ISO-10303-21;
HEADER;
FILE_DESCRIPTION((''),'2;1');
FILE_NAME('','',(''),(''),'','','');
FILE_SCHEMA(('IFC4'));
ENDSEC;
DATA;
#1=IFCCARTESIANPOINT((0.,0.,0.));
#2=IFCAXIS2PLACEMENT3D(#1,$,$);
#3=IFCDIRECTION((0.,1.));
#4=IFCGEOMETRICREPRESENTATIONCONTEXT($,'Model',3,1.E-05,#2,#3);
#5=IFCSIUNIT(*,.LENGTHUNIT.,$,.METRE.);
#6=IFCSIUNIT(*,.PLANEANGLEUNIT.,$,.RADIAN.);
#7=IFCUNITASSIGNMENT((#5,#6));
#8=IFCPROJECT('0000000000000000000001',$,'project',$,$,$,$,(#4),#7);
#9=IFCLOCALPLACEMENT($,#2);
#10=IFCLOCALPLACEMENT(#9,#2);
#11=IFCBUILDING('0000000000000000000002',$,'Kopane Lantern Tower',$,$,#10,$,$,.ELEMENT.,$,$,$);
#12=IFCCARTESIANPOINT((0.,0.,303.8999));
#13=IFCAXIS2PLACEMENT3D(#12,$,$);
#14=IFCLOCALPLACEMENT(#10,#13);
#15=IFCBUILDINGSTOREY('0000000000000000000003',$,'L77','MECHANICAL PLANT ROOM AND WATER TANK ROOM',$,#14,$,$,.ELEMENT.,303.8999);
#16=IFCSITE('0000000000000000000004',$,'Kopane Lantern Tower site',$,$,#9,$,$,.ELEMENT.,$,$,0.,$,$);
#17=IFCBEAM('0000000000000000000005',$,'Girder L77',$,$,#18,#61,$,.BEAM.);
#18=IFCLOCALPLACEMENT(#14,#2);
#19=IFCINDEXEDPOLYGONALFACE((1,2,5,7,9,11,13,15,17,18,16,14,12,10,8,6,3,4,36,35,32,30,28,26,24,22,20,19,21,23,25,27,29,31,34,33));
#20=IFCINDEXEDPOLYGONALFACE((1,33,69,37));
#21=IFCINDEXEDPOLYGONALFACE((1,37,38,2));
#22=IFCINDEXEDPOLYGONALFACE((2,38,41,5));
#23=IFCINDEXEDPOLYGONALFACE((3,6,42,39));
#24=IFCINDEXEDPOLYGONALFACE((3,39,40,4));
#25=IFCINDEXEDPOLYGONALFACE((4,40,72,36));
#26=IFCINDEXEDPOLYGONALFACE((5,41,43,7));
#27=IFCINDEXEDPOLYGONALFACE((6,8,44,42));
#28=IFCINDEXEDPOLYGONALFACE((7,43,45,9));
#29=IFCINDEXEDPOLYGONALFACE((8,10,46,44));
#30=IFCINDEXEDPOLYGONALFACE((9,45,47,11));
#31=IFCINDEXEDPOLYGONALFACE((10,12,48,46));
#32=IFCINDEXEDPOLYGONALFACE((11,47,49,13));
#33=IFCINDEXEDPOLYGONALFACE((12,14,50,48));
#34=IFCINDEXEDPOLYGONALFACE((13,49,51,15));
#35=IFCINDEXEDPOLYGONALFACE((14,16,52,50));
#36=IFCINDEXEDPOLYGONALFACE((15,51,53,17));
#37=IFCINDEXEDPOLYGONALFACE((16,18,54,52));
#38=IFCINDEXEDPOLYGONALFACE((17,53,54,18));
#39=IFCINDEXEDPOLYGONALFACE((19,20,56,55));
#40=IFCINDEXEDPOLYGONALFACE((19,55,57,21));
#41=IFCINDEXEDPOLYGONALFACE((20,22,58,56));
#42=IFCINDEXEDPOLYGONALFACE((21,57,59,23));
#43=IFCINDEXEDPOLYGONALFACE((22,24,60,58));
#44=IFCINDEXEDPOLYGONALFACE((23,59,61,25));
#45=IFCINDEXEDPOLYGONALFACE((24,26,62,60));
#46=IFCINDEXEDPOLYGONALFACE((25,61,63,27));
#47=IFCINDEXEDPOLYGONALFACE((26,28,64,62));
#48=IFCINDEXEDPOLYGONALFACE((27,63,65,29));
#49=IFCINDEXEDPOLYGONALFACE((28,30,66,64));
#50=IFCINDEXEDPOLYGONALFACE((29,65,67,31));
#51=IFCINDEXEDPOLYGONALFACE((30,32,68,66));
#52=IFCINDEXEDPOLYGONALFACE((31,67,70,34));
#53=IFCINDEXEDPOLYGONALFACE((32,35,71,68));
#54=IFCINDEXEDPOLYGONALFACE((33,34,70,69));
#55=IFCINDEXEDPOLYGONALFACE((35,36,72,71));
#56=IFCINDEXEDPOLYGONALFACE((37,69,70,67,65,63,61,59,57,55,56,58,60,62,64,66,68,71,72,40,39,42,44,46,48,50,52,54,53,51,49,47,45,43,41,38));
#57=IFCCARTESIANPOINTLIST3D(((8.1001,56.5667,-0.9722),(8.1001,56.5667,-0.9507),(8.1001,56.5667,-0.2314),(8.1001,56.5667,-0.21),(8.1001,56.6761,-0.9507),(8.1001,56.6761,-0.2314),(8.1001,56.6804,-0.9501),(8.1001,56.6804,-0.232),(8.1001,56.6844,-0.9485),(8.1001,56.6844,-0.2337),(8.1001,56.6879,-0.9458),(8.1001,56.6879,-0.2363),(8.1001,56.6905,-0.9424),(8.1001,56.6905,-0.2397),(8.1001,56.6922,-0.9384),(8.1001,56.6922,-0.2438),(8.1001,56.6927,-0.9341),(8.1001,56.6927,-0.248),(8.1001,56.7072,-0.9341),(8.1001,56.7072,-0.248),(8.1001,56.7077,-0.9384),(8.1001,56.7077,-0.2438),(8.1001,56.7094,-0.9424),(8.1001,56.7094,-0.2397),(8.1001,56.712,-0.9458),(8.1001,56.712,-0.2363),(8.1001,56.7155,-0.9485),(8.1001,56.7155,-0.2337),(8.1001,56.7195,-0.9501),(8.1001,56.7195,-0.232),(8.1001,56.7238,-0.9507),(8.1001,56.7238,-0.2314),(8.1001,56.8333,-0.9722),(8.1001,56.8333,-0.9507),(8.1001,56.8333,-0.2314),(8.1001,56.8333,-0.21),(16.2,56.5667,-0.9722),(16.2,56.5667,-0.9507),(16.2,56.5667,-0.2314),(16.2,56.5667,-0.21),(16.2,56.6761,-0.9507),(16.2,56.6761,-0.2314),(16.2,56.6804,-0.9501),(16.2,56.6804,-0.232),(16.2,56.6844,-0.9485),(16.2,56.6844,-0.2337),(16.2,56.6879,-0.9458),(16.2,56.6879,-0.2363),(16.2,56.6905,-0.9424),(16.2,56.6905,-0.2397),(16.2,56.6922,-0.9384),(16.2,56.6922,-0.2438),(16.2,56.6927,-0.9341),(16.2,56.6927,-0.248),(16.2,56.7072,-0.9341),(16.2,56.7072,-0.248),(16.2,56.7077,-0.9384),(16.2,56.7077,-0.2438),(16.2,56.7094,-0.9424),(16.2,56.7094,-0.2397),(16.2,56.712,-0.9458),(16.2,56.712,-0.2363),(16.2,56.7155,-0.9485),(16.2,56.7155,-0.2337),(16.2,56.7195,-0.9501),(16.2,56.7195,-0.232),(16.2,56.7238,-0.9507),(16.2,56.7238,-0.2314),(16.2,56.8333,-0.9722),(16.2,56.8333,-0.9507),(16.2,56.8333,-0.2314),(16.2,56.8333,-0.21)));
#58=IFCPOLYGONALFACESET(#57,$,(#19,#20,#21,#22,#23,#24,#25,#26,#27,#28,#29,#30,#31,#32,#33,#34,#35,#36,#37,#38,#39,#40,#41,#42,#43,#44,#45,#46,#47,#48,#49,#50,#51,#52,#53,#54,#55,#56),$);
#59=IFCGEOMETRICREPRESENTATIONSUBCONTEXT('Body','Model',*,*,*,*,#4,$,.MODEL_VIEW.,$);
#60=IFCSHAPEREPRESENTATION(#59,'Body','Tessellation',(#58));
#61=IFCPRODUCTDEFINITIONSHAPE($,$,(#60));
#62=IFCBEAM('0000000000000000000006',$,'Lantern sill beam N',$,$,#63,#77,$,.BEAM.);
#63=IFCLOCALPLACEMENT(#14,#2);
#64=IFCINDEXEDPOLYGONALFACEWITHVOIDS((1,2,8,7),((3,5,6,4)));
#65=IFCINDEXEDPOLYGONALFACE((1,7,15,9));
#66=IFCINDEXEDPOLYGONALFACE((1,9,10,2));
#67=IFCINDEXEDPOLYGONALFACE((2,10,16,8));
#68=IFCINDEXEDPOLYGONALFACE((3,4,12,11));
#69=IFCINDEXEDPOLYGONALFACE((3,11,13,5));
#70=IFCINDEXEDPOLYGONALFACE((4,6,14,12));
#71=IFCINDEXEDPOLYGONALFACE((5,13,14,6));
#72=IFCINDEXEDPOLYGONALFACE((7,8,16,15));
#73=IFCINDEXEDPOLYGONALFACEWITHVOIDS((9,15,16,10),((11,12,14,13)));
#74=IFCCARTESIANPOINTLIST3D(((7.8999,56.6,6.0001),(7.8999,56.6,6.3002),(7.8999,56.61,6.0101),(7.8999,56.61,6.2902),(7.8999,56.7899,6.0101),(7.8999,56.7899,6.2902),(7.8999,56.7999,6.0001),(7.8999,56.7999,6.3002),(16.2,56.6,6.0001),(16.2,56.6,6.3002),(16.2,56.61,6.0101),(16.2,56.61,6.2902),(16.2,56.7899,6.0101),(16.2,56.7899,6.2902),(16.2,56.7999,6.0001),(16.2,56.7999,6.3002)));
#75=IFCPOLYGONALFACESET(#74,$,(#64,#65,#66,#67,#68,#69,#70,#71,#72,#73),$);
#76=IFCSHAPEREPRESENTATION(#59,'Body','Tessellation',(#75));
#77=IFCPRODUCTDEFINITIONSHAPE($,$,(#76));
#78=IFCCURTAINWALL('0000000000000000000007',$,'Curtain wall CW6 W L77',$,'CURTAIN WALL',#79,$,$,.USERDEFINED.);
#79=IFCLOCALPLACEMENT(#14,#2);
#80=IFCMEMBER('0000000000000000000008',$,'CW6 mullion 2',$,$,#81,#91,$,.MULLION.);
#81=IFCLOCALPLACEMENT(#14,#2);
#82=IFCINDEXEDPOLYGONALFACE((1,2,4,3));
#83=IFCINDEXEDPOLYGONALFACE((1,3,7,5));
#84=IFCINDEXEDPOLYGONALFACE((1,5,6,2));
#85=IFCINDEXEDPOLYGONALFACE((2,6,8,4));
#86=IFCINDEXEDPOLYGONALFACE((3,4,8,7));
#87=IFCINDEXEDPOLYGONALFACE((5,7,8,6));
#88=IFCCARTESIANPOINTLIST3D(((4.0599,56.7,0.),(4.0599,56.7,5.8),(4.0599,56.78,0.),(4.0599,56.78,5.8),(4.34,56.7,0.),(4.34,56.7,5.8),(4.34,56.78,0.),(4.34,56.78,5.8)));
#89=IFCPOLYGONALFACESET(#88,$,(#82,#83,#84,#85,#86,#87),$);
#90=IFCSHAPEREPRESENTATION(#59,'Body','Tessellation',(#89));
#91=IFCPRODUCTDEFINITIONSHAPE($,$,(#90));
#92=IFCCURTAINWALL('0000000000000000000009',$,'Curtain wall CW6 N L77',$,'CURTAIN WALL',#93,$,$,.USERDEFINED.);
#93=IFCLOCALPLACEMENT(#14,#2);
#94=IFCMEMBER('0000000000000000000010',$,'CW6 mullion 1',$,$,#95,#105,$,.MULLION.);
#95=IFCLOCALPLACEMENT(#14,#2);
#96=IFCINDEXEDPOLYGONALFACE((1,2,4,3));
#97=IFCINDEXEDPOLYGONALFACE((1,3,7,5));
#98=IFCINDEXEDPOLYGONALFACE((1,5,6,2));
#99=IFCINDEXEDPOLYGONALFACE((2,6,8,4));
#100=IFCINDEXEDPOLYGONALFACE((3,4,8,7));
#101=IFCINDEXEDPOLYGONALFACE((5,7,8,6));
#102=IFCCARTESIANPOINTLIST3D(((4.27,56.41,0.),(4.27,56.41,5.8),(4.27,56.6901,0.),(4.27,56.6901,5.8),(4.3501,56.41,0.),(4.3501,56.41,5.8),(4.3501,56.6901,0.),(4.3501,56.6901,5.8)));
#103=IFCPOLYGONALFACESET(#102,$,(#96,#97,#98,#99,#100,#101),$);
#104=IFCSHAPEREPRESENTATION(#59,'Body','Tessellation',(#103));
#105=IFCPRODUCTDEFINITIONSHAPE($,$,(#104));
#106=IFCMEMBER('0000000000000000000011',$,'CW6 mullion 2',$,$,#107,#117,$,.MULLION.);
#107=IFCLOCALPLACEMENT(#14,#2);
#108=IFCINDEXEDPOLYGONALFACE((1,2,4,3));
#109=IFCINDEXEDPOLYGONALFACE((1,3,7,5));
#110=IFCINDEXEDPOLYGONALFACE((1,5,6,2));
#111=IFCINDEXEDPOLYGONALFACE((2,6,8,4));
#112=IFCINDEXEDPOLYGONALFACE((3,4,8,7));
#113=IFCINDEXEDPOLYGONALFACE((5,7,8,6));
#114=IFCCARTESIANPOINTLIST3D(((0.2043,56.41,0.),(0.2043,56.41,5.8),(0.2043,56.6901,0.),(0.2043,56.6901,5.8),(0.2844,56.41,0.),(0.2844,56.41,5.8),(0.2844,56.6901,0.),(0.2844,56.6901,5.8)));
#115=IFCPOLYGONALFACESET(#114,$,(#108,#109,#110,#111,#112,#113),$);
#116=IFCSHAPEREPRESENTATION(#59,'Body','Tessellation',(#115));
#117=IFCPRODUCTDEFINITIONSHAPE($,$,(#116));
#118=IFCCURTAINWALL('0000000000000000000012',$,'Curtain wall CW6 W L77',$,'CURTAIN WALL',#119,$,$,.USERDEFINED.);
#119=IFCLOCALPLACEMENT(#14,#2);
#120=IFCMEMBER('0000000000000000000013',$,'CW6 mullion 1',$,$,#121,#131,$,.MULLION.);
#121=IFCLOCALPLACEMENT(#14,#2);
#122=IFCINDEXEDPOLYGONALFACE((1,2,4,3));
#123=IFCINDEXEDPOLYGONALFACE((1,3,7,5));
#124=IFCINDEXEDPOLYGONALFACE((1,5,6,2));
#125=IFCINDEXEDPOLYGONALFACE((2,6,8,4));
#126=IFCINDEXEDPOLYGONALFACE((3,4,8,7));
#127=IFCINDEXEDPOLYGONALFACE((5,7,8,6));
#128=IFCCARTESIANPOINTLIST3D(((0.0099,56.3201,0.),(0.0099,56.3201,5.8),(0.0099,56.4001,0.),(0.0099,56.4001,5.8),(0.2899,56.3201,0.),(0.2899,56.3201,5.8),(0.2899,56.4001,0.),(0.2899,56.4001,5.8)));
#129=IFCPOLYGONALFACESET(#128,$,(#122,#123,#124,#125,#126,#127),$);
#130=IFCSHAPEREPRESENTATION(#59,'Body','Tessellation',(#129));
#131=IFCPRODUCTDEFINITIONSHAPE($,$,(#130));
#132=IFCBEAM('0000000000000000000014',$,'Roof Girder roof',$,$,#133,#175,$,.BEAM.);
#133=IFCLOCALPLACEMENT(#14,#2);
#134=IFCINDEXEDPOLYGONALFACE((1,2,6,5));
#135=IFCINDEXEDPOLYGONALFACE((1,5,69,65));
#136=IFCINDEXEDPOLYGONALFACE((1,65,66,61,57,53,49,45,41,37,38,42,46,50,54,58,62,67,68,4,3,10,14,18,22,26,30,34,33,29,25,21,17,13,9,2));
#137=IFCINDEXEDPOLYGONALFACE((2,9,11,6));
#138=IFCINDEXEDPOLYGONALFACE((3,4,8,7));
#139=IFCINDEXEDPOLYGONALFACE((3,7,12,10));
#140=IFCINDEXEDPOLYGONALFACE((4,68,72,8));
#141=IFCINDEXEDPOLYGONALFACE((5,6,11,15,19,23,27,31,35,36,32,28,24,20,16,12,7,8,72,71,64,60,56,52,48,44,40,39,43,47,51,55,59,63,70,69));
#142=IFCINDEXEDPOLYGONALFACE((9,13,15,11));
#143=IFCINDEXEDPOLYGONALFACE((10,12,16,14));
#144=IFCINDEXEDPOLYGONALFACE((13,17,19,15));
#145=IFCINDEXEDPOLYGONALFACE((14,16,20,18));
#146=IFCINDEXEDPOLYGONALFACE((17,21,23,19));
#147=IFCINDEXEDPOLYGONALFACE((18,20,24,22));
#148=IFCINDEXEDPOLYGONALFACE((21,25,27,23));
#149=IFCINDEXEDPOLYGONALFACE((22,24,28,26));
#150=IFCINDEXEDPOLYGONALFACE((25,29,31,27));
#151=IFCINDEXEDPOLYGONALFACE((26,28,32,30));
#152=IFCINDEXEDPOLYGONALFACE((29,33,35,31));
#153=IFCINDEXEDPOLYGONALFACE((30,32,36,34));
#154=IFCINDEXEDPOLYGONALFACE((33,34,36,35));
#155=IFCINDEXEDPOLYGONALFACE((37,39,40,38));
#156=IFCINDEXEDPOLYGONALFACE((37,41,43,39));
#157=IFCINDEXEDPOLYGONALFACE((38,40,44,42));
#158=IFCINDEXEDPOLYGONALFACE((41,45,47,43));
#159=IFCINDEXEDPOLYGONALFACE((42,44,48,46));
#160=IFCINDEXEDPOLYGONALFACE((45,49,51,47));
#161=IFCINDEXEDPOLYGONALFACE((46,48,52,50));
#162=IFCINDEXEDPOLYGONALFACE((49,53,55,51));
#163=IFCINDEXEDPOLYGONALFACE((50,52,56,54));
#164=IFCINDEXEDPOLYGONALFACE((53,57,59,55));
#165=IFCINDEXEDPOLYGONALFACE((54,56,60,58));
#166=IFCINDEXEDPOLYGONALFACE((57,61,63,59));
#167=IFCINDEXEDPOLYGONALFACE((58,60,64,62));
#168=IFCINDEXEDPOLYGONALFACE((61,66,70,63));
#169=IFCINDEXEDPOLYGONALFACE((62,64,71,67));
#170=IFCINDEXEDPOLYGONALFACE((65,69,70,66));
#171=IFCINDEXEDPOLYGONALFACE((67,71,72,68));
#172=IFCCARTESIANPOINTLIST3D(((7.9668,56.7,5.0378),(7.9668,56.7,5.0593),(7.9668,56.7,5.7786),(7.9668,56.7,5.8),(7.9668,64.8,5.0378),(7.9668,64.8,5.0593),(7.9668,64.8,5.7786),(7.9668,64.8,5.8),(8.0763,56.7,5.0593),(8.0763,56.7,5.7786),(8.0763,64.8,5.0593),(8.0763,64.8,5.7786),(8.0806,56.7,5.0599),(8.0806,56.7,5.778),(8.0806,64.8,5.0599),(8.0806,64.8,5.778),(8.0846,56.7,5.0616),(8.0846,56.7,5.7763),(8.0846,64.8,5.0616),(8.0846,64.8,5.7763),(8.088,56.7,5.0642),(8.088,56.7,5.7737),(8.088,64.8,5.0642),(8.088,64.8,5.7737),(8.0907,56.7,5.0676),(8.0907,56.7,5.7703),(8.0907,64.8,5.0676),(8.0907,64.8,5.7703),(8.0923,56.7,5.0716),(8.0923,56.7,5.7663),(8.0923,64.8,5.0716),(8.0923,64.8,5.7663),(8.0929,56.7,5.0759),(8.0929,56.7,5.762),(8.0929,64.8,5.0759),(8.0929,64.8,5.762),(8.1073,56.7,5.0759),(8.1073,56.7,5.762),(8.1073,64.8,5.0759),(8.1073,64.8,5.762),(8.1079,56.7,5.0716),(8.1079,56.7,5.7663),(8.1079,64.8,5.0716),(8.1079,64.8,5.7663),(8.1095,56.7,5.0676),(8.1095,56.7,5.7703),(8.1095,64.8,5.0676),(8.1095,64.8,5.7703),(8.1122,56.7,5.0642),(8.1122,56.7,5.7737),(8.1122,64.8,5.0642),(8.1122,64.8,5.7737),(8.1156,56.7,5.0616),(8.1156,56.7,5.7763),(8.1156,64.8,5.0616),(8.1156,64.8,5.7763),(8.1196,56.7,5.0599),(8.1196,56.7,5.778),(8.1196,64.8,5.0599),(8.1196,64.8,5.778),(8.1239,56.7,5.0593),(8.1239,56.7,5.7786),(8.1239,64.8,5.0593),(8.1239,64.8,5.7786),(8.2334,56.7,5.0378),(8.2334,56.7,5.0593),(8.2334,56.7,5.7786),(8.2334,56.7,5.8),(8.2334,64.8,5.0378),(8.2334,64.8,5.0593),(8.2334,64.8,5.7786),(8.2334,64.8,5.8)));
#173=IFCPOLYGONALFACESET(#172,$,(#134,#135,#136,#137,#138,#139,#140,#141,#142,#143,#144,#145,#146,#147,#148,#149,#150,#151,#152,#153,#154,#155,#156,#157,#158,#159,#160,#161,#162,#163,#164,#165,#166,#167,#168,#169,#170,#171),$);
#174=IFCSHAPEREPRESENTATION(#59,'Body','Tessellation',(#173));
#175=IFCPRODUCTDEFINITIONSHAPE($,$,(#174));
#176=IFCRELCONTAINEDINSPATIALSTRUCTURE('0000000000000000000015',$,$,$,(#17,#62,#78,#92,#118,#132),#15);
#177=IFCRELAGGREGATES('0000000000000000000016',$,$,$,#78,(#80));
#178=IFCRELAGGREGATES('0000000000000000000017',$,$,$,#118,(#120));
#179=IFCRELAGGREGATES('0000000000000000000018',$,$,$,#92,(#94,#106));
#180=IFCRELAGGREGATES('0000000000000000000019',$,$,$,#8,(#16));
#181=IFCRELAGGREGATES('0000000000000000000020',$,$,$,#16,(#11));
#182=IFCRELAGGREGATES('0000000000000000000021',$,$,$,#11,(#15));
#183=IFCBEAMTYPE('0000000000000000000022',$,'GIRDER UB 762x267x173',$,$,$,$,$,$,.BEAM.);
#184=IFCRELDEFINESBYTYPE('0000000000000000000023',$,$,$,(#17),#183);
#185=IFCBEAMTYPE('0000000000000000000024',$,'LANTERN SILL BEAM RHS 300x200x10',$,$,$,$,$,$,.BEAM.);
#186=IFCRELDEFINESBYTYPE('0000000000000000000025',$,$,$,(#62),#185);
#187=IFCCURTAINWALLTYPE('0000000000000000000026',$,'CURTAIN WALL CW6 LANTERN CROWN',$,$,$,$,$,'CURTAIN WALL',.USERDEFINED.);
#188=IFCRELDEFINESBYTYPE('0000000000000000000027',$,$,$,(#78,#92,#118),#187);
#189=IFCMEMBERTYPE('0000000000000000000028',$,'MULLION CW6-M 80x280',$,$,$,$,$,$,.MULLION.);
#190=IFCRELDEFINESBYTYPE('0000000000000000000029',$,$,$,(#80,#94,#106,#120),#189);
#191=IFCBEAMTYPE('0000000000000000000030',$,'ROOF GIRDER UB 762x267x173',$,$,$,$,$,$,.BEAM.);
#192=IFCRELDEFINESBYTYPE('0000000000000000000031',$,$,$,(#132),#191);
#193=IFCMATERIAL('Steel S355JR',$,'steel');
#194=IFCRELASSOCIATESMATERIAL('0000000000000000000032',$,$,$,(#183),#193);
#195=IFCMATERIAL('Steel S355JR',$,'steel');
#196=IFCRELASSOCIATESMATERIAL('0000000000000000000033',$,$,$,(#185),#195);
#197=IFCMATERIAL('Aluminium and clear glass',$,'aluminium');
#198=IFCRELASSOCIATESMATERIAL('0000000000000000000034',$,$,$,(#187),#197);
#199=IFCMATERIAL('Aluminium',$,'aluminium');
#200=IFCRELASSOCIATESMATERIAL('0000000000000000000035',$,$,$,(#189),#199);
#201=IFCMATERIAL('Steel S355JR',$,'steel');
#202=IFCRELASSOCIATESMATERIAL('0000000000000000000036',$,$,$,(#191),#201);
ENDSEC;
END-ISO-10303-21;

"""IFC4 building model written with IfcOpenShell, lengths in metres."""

from ifc_helpers import new_model, si_unit, direction, frame, origin, origin_2d, place, context, subcontext, project, spatial, rectangle, hollow_rectangle, i_section, extrude, material, material_profile, profile_set, type_object, element, aggregate, save


model = new_model("IFC4")

# Units and contexts
model_context = context("Model", 3, precision=1e-05, world=origin(), true_north=direction((0.0, 1.0)))
body_context = subcontext(model_context, "Body", "Model", "MODEL_VIEW")
ifc_project = project(units=[si_unit("LENGTHUNIT", "METRE"), si_unit("PLANEANGLEUNIT", "RADIAN")], contexts=[model_context])

# Site, building, storey
site_placement = place(None, origin())
site = spatial("IfcSite", under=ifc_project, at=site_placement, Name="Kopane Lantern Tower site", CompositionType="ELEMENT", RefElevation=0.0)
building_placement = place(site_placement, origin())
building = spatial("IfcBuilding", under=site, at=building_placement, Name="Kopane Lantern Tower", CompositionType="ELEMENT")
storey_placement = place(building_placement, frame((0.0, 0.0, 303.8999)))
storey = spatial("IfcBuildingStorey", under=building, at=storey_placement, Name="L77", Description="MECHANICAL PLANT ROOM AND WATER TANK ROOM", CompositionType="ELEMENT", Elevation=303.8999)

# Beams
ifc_material_1 = material(Name="Steel S355JR", Category="steel")
ifc_material_profile_1 = material_profile(ifc_material_1, i_section(OverallWidth=0.2666, OverallDepth=0.7622, WebThickness=0.0144, FlangeThickness=0.0215, FilletRadius=0.0166, at=origin_2d()), Name="UB 762x267x173")
ifc_profile_set_1 = profile_set([ifc_material_profile_1], Name="Steel S355JR")
beam_type_1 = type_object("IfcBeamType", Name="GIRDER UB 762x267x173", PredefinedType="BEAM", material=ifc_profile_set_1)
beam_1_placement = place(storey_placement, frame((8.1001, 56.7, -0.5911), z_axis=(1.0, 0.0, 0.0), x_axis=(0.0, 1.0, 0.0)))
element("IfcBeam", 1, at=beam_1_placement, inside=storey, type_object=beam_type_1, Name="Girder L77", PredefinedType="BEAM", context=body_context, shape_type="SweptSolid", body=[
    extrude(i_section(OverallWidth=0.2666, OverallDepth=0.7622, WebThickness=0.0144, FlangeThickness=0.0215, FilletRadius=0.0166, at=origin_2d()), origin(), (0.0, 0.0, 1.0), 8.0999),
])
ifc_material_2 = material(Name="Steel S355JR", Category="steel")
ifc_material_profile_2 = material_profile(ifc_material_2, hollow_rectangle(XDim=0.2, YDim=0.3, WallThickness=0.01, at=origin_2d()), Name="RHS 300x200x10")
ifc_profile_set_2 = profile_set([ifc_material_profile_2], Name="Steel S355JR")
beam_type_2 = type_object("IfcBeamType", Name="LANTERN SILL BEAM RHS 300x200x10", PredefinedType="BEAM", material=ifc_profile_set_2)
beam_2_placement = place(storey_placement, frame((7.8999, 56.7, 6.1501), z_axis=(1.0, 0.0, 0.0), x_axis=(0.0, 1.0, 0.0)))
element("IfcBeam", 2, at=beam_2_placement, inside=storey, type_object=beam_type_2, Name="Lantern sill beam N", PredefinedType="BEAM", context=body_context, shape_type="SweptSolid", body=[
    extrude(hollow_rectangle(XDim=0.2, YDim=0.3, WallThickness=0.01, at=origin_2d()), origin(), (0.0, 0.0, 1.0), 8.3),
])

# Curtain wall, member
ifc_material_3 = material(Name="Aluminium and clear glass", Category="aluminium")
curtain_wall_type = type_object("IfcCurtainWallType", Name="CURTAIN WALL CW6 LANTERN CROWN", ElementType="CURTAIN WALL", PredefinedType="USERDEFINED", material=ifc_material_3)
curtain_wall_1_placement = place(storey_placement, origin())
curtain_wall_1 = element("IfcCurtainWall", 3, at=curtain_wall_1_placement, inside=storey, type_object=curtain_wall_type, Name="Curtain wall CW6 W L77", ObjectType="CURTAIN WALL", PredefinedType="USERDEFINED")
ifc_material_4 = material(Name="Aluminium", Category="aluminium")
ifc_material_profile_3 = material_profile(ifc_material_4, rectangle(XDim=0.0801, YDim=0.28, at=origin_2d()), Name="AL 80x280")
ifc_profile_set_3 = profile_set([ifc_material_profile_3], Name="Aluminium")
member_type_1 = type_object("IfcMemberType", Name="MULLION CW6-M 80x280", PredefinedType="MULLION", material=ifc_profile_set_3)
member_1_placement = place(storey_placement, frame((4.2, 56.74, 0.0), z_axis=(0.0, 0.0, 1.0), x_axis=(0.0, -1.0, 0.0)))
member_1 = element("IfcMember", 4, at=member_1_placement, type_object=member_type_1, Name="CW6 mullion 2", PredefinedType="MULLION", context=body_context, shape_type="SweptSolid", body=[
    extrude(rectangle(XDim=0.0801, YDim=0.28, at=origin_2d()), origin(), (0.0, 0.0, 1.0), 5.8),
])
aggregate(curtain_wall_1, [member_1])

# Curtain wall, members
curtain_wall_2_placement = place(storey_placement, origin())
curtain_wall_2 = element("IfcCurtainWall", 5, at=curtain_wall_2_placement, inside=storey, type_object=curtain_wall_type, Name="Curtain wall CW6 N L77", ObjectType="CURTAIN WALL", PredefinedType="USERDEFINED")
member_2_placement = place(storey_placement, frame((4.3101, 56.55, 0.0), z_axis=(0.0, 0.0, 1.0), x_axis=(-1.0, 0.0, 0.0)))
member_2 = element("IfcMember", 6, at=member_2_placement, type_object=member_type_1, Name="CW6 mullion 1", PredefinedType="MULLION", context=body_context, shape_type="SweptSolid", body=[
    extrude(rectangle(XDim=0.0801, YDim=0.28, at=origin_2d()), origin(), (0.0, 0.0, 1.0), 5.8),
])
member_3_placement = place(storey_placement, frame((0.2444, 56.55, 0.0), z_axis=(0.0, 0.0, 1.0), x_axis=(-1.0, 0.0, 0.0)))
member_3 = element("IfcMember", 7, at=member_3_placement, type_object=member_type_1, Name="CW6 mullion 2", PredefinedType="MULLION", context=body_context, shape_type="SweptSolid", body=[
    extrude(rectangle(XDim=0.0801, YDim=0.28, at=origin_2d()), origin(), (0.0, 0.0, 1.0), 5.8),
])

# Curtain wall, member
curtain_wall_3_placement = place(storey_placement, origin())
curtain_wall_3 = element("IfcCurtainWall", 8, at=curtain_wall_3_placement, inside=storey, type_object=curtain_wall_type, Name="Curtain wall CW6 W L77", ObjectType="CURTAIN WALL", PredefinedType="USERDEFINED")
member_4_placement = place(storey_placement, frame((0.1499, 56.3601, 0.0), z_axis=(0.0, 0.0, 1.0), x_axis=(0.0, -1.0, 0.0)))
member_4 = element("IfcMember", 9, at=member_4_placement, type_object=member_type_1, Name="CW6 mullion 1", PredefinedType="MULLION", context=body_context, shape_type="SweptSolid", body=[
    extrude(rectangle(XDim=0.0801, YDim=0.28, at=origin_2d()), origin(), (0.0, 0.0, 1.0), 5.8),
])

# Beam
ifc_material_5 = material(Name="Steel S355JR", Category="steel")
ifc_material_profile_4 = material_profile(ifc_material_5, i_section(OverallWidth=0.2666, OverallDepth=0.7622, WebThickness=0.0144, FlangeThickness=0.0215, FilletRadius=0.0166, at=origin_2d()), Name="UB 762x267x173")
ifc_profile_set_4 = profile_set([ifc_material_profile_4], Name="Steel S355JR")
beam_type_3 = type_object("IfcBeamType", Name="ROOF GIRDER UB 762x267x173", PredefinedType="BEAM", material=ifc_profile_set_4)
for number, where, z_axis, x_axis, name in (
    (10, (8.1001, 56.7, 5.4189), (0.0, 1.0, 0.0), (-1.0, 0.0, 0.0), "Roof Girder roof"),
):
    element("IfcBeam", number, at=place(storey_placement, frame(where, z_axis=z_axis, x_axis=x_axis)), inside=storey, type_object=beam_type_3, Name=name, PredefinedType="BEAM", context=body_context, shape_type="SweptSolid", body=[
        extrude(i_section(OverallWidth=0.2666, OverallDepth=0.7622, WebThickness=0.0144, FlangeThickness=0.0215, FilletRadius=0.0166, at=origin_2d()), origin(), (0.0, 0.0, 1.0), 8.1001),
    ])

aggregate(curtain_wall_3, [member_4])

aggregate(curtain_wall_2, [member_2, member_3])

save(model, "model.ifc")
